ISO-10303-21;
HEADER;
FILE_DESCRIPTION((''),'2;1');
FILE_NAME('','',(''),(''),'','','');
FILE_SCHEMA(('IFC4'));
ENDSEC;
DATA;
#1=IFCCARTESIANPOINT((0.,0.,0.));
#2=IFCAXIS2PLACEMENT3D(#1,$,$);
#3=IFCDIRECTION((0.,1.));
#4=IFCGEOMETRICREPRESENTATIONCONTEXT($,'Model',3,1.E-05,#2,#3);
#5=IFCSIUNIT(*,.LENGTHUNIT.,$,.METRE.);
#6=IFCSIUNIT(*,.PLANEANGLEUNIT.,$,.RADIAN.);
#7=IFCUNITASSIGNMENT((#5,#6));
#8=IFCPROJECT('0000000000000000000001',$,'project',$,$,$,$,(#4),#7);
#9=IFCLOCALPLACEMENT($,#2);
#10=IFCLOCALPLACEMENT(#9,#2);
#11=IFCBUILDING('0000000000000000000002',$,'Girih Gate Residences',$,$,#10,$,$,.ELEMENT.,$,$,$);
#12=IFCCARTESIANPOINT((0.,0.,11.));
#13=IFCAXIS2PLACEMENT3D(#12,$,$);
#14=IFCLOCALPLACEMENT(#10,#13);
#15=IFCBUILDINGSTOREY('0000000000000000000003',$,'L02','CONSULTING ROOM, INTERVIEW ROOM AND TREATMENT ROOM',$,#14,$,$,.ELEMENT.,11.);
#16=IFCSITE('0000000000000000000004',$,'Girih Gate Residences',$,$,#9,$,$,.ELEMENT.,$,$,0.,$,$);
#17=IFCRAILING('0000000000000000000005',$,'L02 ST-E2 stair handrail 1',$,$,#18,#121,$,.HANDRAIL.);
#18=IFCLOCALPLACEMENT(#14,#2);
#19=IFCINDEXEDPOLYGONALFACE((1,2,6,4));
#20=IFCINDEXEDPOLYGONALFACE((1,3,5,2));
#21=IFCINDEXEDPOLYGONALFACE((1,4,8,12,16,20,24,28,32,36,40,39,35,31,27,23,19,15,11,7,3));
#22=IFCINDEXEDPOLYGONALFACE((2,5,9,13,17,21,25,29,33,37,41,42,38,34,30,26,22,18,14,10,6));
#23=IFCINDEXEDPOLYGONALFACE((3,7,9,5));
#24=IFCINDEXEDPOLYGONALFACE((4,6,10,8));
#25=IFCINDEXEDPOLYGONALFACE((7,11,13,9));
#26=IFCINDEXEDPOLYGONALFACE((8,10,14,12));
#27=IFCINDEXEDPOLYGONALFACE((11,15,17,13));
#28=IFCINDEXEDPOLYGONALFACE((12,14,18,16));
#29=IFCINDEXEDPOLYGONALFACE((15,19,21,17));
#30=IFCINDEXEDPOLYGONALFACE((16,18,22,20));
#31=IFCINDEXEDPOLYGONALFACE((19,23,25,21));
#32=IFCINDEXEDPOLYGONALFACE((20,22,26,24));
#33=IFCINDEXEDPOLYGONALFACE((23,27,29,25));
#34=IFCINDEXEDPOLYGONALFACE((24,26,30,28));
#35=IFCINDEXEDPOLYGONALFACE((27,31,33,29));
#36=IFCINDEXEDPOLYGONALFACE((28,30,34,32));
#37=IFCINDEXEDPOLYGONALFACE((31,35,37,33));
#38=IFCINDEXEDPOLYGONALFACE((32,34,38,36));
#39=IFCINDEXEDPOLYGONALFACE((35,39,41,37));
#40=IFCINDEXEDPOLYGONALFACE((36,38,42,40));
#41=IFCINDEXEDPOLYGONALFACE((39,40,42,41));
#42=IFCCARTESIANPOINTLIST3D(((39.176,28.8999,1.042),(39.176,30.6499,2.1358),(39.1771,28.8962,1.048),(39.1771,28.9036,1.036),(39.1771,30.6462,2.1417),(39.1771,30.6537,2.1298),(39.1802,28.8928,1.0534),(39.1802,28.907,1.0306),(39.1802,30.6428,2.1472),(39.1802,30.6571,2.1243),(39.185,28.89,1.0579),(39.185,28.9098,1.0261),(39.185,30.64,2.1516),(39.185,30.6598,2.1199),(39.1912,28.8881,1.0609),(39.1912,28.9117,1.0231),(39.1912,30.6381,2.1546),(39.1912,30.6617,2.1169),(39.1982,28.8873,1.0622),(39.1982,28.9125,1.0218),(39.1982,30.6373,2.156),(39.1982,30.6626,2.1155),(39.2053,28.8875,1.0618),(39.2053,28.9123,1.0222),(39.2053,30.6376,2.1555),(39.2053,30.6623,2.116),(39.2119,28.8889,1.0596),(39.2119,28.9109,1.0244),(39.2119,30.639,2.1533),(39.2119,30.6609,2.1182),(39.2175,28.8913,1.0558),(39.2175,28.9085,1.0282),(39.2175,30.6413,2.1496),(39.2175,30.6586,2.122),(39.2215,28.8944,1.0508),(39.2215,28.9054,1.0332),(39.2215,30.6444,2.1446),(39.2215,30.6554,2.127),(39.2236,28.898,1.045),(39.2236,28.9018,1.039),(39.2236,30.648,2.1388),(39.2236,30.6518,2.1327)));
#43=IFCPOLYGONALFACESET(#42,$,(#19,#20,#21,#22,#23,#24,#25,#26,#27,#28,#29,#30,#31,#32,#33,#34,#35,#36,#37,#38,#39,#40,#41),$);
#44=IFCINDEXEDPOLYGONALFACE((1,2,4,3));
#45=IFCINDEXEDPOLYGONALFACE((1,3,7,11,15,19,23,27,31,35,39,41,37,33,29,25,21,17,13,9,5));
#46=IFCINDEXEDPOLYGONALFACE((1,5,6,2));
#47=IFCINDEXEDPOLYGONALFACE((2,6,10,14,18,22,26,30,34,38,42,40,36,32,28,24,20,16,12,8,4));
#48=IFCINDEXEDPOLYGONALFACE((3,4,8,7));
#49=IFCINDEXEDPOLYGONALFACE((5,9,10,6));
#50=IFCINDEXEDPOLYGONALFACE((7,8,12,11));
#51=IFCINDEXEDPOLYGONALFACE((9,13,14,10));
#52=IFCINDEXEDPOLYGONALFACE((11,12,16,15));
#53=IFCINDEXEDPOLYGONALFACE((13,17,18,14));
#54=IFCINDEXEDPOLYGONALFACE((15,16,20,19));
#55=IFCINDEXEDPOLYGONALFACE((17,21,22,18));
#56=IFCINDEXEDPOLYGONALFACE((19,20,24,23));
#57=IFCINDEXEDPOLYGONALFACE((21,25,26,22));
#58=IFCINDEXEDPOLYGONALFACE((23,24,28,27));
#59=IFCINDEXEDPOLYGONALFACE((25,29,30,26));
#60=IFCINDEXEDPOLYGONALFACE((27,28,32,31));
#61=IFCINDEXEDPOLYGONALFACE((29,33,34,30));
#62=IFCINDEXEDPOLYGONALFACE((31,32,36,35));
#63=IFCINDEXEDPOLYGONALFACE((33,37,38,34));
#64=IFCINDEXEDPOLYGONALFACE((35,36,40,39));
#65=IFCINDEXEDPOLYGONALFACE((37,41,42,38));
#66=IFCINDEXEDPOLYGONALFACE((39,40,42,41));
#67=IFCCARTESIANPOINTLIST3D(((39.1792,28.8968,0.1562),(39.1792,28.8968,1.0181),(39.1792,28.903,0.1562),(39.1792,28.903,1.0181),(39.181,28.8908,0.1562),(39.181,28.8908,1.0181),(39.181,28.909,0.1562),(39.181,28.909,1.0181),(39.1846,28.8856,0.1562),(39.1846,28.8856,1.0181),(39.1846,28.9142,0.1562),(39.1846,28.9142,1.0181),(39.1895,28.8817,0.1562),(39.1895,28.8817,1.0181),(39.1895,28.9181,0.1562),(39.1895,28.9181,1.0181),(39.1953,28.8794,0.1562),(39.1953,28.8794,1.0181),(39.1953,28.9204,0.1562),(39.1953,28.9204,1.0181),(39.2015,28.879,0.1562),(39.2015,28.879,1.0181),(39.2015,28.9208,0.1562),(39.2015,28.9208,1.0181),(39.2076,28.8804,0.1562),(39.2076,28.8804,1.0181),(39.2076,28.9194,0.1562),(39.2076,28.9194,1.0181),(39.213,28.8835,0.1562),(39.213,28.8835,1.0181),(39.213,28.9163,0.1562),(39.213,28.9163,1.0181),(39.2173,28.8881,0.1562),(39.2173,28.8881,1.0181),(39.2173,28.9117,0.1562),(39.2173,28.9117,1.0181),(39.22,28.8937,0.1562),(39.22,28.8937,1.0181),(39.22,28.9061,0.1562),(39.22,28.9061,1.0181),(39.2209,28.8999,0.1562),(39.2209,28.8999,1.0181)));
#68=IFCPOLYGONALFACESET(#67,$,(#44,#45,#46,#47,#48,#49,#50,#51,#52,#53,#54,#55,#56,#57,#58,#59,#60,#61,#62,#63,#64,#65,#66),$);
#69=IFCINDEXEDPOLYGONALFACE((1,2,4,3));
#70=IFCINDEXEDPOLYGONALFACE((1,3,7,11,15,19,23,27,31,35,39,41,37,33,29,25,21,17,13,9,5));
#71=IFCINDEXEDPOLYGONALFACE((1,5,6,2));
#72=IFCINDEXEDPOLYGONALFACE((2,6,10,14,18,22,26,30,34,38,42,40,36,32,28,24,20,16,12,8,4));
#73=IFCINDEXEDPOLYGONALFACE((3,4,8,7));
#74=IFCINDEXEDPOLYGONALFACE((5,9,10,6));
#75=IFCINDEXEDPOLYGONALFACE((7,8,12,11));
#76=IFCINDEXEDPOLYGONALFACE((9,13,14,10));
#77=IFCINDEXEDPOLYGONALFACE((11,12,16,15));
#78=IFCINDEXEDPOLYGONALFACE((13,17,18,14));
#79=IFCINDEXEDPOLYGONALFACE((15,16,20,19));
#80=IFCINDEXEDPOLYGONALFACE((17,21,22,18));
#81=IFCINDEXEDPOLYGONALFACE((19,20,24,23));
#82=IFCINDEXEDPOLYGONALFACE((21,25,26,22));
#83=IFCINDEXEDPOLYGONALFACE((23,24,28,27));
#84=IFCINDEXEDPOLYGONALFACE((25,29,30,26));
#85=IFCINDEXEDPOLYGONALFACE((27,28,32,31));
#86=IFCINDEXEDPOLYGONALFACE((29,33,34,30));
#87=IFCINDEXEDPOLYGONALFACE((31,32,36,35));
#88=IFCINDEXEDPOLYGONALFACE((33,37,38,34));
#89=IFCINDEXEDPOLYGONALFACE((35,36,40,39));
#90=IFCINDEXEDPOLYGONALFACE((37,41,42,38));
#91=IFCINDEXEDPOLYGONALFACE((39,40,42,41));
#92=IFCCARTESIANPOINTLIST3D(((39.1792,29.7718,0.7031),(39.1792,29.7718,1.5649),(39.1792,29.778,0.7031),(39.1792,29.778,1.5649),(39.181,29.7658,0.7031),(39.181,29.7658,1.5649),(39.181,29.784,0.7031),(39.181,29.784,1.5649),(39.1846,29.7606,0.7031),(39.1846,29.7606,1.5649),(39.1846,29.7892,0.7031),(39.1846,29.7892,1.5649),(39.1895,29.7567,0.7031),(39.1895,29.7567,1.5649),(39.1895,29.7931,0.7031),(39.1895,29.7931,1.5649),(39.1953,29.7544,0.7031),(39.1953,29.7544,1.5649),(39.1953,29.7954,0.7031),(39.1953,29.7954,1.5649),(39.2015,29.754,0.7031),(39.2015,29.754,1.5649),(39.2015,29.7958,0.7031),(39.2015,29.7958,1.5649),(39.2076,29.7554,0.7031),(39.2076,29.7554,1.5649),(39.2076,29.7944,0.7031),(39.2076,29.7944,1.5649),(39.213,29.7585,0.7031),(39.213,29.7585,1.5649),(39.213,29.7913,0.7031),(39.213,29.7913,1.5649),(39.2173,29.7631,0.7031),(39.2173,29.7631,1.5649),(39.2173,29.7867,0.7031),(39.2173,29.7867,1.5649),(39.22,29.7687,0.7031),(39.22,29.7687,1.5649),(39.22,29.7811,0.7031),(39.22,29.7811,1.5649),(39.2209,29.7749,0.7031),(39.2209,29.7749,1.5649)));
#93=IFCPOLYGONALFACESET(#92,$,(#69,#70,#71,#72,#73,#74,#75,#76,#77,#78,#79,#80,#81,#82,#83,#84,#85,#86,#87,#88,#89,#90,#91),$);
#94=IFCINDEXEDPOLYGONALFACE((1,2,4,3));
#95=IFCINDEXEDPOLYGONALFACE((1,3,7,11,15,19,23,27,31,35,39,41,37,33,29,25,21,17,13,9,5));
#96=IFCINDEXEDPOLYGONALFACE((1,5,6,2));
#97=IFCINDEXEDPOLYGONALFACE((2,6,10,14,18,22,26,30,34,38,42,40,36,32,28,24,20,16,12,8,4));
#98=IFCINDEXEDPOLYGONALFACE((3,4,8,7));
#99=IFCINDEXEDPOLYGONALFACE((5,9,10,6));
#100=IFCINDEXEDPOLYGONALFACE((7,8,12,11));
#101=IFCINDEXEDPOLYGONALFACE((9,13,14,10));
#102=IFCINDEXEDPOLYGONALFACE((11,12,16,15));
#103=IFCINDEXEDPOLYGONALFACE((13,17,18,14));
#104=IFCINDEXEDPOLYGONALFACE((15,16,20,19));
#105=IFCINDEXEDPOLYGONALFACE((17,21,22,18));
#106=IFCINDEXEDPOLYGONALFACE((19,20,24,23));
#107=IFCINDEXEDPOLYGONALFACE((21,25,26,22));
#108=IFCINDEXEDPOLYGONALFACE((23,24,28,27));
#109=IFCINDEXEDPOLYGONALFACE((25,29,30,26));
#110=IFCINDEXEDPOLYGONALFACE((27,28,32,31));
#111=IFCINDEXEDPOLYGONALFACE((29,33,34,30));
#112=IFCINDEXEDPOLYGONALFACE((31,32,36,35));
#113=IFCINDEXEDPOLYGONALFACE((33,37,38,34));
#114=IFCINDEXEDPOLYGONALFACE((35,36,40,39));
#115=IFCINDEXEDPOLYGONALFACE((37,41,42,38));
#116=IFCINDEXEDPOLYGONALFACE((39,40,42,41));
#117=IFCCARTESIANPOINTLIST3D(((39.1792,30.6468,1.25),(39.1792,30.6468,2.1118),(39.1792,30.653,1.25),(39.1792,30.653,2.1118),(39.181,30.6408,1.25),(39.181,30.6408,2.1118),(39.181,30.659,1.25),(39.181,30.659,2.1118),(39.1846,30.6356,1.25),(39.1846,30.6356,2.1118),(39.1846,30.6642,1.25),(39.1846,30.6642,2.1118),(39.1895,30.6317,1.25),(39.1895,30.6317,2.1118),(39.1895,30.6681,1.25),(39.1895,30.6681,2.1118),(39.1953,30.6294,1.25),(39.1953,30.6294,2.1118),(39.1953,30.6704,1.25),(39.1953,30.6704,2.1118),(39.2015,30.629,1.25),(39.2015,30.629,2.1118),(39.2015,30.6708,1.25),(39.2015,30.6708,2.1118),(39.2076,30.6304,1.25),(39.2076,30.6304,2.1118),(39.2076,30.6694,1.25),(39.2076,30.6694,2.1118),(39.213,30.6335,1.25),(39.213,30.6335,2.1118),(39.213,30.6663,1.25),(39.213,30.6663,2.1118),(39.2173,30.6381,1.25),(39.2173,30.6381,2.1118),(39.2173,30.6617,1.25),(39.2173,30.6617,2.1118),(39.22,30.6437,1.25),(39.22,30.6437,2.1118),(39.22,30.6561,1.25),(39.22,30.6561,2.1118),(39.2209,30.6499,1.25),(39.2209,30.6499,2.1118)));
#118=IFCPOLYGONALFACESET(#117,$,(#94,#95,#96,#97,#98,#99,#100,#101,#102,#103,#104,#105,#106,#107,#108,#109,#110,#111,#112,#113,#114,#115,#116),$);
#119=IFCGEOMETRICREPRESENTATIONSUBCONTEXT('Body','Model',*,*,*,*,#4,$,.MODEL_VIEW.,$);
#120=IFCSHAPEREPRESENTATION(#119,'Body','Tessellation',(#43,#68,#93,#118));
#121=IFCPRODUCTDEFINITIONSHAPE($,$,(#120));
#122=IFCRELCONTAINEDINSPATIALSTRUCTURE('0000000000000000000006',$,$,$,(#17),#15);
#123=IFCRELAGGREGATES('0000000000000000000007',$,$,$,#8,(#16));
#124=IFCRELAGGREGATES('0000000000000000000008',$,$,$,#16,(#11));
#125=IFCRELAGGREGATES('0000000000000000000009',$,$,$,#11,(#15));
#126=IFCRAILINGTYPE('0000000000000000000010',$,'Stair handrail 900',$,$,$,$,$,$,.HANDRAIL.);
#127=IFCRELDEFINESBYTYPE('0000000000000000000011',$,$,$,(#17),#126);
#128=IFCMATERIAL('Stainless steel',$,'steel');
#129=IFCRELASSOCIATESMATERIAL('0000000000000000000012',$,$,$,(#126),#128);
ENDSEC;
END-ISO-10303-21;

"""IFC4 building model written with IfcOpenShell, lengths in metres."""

from ifc_helpers import new_model, si_unit, direction, frame, origin, origin_2d, place, context, subcontext, project, spatial, circle, extrude, material, type_object, element, save


model = new_model("IFC4")

# Units and contexts
model_context = context("Model", 3, precision=1e-05, world=origin(), true_north=direction((0.0, 1.0)))
body_context = subcontext(model_context, "Body", "Model", "MODEL_VIEW")
ifc_project = project(units=[si_unit("LENGTHUNIT", "METRE"), si_unit("PLANEANGLEUNIT", "RADIAN")], contexts=[model_context])

# Site, building, storey
site_placement = place(None, origin())
site = spatial("IfcSite", under=ifc_project, at=site_placement, Name="Girih Gate Residences", CompositionType="ELEMENT", RefElevation=0.0)
building_placement = place(site_placement, origin())
building = spatial("IfcBuilding", under=site, at=building_placement, Name="Girih Gate Residences", CompositionType="ELEMENT")
storey_placement = place(building_placement, frame((0.0, 0.0, 11.0)))
storey = spatial("IfcBuildingStorey", under=building, at=storey_placement, Name="L02", Description="CONSULTING ROOM, INTERVIEW ROOM AND TREATMENT ROOM", CompositionType="ELEMENT", Elevation=11.0)

# Railing
ifc_material_1 = material(Name="Stainless steel", Category="steel")
railing_type_1 = type_object("IfcRailingType", Name="Stair handrail 900", PredefinedType="HANDRAIL", material=ifc_material_1)
railing_1_placement = place(storey_placement, frame((39.2, 28.8999, 0.1562)))
element("IfcRailing", 1, at=railing_1_placement, inside=storey, type_object=railing_type_1, Name="L02 ST-E2 stair handrail 1", PredefinedType="HANDRAIL", context=body_context, shape_type="SweptSolid", body=[
    extrude(circle(Radius=0.0239, at=origin_2d()), frame((0.0, 0.0, 0.8857), z_axis=(0.0, 0.847998, 0.529999), x_axis=(-1.0, 0.0, 0.0)), (0.0, 0.0, 1.0), 2.0637),
    extrude(circle(Radius=0.021, at=origin_2d()), origin(), (0.0, 0.0, 1.0), 0.8618),
    extrude(circle(Radius=0.021, at=origin_2d()), frame((0.0, 0.875, 0.5469)), (0.0, 0.0, 1.0), 0.8618),
    extrude(circle(Radius=0.021, at=origin_2d()), frame((0.0, 1.75, 1.0938)), (0.0, 0.0, 1.0), 0.8618),
])

save(model, "model.ifc")
